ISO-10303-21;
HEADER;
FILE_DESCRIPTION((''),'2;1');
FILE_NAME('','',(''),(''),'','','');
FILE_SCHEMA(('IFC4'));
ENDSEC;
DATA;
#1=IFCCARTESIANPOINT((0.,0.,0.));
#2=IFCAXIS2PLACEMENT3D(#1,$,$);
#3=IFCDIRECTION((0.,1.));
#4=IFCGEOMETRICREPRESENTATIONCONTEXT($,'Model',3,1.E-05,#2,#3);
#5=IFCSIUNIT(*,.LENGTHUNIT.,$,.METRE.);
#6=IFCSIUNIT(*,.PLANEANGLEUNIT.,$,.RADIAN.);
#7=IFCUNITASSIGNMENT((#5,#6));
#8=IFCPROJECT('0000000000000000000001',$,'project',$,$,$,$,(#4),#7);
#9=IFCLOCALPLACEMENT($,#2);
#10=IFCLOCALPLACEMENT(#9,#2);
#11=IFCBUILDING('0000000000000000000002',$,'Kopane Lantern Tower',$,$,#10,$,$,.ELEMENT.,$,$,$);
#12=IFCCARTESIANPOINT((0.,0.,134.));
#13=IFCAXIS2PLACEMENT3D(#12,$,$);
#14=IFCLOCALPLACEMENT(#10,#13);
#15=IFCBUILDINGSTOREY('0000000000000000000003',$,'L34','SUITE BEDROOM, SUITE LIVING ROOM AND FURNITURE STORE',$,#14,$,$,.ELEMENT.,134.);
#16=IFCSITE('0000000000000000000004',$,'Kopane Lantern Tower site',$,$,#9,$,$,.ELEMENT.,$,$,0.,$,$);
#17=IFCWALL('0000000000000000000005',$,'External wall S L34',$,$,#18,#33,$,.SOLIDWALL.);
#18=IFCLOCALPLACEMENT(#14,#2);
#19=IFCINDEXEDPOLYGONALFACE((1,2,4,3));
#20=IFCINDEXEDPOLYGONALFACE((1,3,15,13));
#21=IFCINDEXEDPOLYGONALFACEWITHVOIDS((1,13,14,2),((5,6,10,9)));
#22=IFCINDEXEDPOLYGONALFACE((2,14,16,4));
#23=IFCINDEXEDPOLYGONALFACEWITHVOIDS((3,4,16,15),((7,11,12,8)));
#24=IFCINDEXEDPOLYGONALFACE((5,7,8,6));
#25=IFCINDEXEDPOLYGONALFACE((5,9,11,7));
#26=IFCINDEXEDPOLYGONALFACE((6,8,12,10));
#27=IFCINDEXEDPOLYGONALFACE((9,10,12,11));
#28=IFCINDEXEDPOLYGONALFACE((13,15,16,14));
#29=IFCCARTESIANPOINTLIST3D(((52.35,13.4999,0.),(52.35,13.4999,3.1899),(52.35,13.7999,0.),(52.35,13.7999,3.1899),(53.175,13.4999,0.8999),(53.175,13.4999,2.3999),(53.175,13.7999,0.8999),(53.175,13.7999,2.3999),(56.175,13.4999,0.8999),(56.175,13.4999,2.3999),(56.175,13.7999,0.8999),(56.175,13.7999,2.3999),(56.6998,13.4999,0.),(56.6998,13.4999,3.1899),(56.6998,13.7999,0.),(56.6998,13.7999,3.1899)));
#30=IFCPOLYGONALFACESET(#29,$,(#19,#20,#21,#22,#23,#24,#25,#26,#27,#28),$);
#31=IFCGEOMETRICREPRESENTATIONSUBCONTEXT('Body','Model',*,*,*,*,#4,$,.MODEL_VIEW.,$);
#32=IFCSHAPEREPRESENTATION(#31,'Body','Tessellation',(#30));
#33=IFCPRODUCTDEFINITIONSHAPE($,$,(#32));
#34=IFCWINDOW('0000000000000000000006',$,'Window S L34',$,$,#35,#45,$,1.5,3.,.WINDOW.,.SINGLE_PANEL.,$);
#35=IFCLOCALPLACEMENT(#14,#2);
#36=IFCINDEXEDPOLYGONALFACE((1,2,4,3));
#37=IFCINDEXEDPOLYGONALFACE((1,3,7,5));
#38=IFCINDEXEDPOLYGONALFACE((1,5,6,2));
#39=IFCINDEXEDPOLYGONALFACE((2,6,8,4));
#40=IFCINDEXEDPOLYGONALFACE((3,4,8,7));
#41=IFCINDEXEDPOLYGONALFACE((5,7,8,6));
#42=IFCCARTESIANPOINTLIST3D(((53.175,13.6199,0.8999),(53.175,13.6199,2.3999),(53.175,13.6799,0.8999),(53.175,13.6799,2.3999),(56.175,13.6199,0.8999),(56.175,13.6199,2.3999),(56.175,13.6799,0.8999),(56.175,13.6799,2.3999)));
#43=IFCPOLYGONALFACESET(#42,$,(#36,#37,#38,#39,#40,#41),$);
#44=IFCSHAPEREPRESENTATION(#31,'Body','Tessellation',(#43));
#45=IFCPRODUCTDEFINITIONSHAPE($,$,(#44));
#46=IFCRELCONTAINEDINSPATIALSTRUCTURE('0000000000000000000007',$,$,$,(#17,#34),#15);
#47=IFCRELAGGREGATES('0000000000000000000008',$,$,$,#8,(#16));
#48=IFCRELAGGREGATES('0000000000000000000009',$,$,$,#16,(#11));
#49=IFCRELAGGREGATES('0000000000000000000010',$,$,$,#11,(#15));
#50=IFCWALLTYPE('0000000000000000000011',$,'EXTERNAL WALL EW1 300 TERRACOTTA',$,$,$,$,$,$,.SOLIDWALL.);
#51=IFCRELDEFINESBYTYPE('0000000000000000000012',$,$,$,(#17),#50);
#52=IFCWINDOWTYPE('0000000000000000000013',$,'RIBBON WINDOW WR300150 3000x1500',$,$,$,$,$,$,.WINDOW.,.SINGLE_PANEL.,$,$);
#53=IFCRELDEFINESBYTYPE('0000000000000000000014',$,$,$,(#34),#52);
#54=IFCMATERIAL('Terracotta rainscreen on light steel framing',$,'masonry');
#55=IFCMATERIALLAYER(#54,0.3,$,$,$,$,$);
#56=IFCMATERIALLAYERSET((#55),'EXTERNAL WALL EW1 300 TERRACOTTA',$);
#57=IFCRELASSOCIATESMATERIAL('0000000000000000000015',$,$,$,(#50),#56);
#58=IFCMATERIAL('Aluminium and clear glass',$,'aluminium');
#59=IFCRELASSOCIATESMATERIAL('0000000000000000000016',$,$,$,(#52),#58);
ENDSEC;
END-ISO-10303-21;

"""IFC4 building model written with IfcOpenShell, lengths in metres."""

from ifc_helpers import new_model, si_unit, direction, frame, frame_2d, origin, place, context, subcontext, project, spatial, rectangle, extrude, material, layer, layer_set, type_object, element, fill, save


model = new_model("IFC4")

# Units and contexts
model_context = context("Model", 3, precision=1e-05, world=origin(), true_north=direction((0.0, 1.0)))
body_context = subcontext(model_context, "Body", "Model", "MODEL_VIEW")
ifc_project = project(units=[si_unit("LENGTHUNIT", "METRE"), si_unit("PLANEANGLEUNIT", "RADIAN")], contexts=[model_context])

# Site, building, storey
site_placement = place(None, origin())
site = spatial("IfcSite", under=ifc_project, at=site_placement, Name="Kopane Lantern Tower site", CompositionType="ELEMENT", RefElevation=0.0)
building_placement = place(site_placement, origin())
building = spatial("IfcBuilding", under=site, at=building_placement, Name="Kopane Lantern Tower", CompositionType="ELEMENT")
storey_placement = place(building_placement, frame((0.0, 0.0, 134.0)))
storey = spatial("IfcBuildingStorey", under=building, at=storey_placement, Name="L34", Description="SUITE BEDROOM, SUITE LIVING ROOM AND FURNITURE STORE", CompositionType="ELEMENT", Elevation=134.0)

# Wall, opening, window
ifc_material_1 = material(Name="Terracotta rainscreen on light steel framing", Category="masonry")
ifc_layer = layer(ifc_material_1, 0.3)
ifc_layer_set = layer_set([ifc_layer], Name="EXTERNAL WALL EW1 300 TERRACOTTA")
wall_type = type_object("IfcWallType", Name="EXTERNAL WALL EW1 300 TERRACOTTA", PredefinedType="SOLIDWALL", material=ifc_layer_set)
wall_1_placement = place(storey_placement, frame((52.3501, 13.6499, 0.0), z_axis=(0.0, 0.0, 1.0), x_axis=(1.0, 0.0, 0.0)))
wall_1 = element("IfcWall", 1, at=wall_1_placement, inside=storey, type_object=wall_type, Name="External wall S L34", PredefinedType="SOLIDWALL", context=body_context, shape_type="SweptSolid", body=[
    extrude(rectangle(XDim=4.3499, YDim=0.3, at=frame_2d((2.1748, 0.0))), origin(), (0.0, 0.0, 1.0), 3.1899),
])
opening_1_placement = place(wall_1_placement, frame((0.825, 0.0, 0.8999)))
opening_1 = element("IfcOpeningElement", 2, at=opening_1_placement, cuts=wall_1, PredefinedType="OPENING", context=body_context, shape_type="SweptSolid", body=[
    extrude(rectangle(XDim=3.0, YDim=1.5, at=frame_2d((1.5, 0.75))), frame((0.0, 0.1599, 0.0), z_axis=(0.0, -1.0, 0.0), x_axis=(1.0, 0.0, 0.0)), (0.0, 0.0, 1.0), 0.3201),
])
ifc_material_2 = material(Name="Aluminium and clear glass", Category="aluminium")
window_type_1 = type_object("IfcWindowType", Name="RIBBON WINDOW WR300150 3000x1500", PartitioningType="SINGLE_PANEL", PredefinedType="WINDOW", material=ifc_material_2)
window_1_placement = place(opening_1_placement, origin())
window_1 = element("IfcWindow", 3, at=window_1_placement, inside=storey, type_object=window_type_1, Name="Window S L34", OverallHeight=1.5, OverallWidth=3.0, PartitioningType="SINGLE_PANEL", PredefinedType="WINDOW", context=body_context, shape_type="SweptSolid", body=[
    extrude(rectangle(XDim=3.0, YDim=1.5, at=frame_2d((1.5, 0.75))), frame((0.0, 0.03, 0.0), z_axis=(0.0, -1.0, 0.0), x_axis=(1.0, 0.0, 0.0)), (0.0, 0.0, 1.0), 0.0601),
])
fill(opening_1, window_1)

save(model, "model.ifc")
